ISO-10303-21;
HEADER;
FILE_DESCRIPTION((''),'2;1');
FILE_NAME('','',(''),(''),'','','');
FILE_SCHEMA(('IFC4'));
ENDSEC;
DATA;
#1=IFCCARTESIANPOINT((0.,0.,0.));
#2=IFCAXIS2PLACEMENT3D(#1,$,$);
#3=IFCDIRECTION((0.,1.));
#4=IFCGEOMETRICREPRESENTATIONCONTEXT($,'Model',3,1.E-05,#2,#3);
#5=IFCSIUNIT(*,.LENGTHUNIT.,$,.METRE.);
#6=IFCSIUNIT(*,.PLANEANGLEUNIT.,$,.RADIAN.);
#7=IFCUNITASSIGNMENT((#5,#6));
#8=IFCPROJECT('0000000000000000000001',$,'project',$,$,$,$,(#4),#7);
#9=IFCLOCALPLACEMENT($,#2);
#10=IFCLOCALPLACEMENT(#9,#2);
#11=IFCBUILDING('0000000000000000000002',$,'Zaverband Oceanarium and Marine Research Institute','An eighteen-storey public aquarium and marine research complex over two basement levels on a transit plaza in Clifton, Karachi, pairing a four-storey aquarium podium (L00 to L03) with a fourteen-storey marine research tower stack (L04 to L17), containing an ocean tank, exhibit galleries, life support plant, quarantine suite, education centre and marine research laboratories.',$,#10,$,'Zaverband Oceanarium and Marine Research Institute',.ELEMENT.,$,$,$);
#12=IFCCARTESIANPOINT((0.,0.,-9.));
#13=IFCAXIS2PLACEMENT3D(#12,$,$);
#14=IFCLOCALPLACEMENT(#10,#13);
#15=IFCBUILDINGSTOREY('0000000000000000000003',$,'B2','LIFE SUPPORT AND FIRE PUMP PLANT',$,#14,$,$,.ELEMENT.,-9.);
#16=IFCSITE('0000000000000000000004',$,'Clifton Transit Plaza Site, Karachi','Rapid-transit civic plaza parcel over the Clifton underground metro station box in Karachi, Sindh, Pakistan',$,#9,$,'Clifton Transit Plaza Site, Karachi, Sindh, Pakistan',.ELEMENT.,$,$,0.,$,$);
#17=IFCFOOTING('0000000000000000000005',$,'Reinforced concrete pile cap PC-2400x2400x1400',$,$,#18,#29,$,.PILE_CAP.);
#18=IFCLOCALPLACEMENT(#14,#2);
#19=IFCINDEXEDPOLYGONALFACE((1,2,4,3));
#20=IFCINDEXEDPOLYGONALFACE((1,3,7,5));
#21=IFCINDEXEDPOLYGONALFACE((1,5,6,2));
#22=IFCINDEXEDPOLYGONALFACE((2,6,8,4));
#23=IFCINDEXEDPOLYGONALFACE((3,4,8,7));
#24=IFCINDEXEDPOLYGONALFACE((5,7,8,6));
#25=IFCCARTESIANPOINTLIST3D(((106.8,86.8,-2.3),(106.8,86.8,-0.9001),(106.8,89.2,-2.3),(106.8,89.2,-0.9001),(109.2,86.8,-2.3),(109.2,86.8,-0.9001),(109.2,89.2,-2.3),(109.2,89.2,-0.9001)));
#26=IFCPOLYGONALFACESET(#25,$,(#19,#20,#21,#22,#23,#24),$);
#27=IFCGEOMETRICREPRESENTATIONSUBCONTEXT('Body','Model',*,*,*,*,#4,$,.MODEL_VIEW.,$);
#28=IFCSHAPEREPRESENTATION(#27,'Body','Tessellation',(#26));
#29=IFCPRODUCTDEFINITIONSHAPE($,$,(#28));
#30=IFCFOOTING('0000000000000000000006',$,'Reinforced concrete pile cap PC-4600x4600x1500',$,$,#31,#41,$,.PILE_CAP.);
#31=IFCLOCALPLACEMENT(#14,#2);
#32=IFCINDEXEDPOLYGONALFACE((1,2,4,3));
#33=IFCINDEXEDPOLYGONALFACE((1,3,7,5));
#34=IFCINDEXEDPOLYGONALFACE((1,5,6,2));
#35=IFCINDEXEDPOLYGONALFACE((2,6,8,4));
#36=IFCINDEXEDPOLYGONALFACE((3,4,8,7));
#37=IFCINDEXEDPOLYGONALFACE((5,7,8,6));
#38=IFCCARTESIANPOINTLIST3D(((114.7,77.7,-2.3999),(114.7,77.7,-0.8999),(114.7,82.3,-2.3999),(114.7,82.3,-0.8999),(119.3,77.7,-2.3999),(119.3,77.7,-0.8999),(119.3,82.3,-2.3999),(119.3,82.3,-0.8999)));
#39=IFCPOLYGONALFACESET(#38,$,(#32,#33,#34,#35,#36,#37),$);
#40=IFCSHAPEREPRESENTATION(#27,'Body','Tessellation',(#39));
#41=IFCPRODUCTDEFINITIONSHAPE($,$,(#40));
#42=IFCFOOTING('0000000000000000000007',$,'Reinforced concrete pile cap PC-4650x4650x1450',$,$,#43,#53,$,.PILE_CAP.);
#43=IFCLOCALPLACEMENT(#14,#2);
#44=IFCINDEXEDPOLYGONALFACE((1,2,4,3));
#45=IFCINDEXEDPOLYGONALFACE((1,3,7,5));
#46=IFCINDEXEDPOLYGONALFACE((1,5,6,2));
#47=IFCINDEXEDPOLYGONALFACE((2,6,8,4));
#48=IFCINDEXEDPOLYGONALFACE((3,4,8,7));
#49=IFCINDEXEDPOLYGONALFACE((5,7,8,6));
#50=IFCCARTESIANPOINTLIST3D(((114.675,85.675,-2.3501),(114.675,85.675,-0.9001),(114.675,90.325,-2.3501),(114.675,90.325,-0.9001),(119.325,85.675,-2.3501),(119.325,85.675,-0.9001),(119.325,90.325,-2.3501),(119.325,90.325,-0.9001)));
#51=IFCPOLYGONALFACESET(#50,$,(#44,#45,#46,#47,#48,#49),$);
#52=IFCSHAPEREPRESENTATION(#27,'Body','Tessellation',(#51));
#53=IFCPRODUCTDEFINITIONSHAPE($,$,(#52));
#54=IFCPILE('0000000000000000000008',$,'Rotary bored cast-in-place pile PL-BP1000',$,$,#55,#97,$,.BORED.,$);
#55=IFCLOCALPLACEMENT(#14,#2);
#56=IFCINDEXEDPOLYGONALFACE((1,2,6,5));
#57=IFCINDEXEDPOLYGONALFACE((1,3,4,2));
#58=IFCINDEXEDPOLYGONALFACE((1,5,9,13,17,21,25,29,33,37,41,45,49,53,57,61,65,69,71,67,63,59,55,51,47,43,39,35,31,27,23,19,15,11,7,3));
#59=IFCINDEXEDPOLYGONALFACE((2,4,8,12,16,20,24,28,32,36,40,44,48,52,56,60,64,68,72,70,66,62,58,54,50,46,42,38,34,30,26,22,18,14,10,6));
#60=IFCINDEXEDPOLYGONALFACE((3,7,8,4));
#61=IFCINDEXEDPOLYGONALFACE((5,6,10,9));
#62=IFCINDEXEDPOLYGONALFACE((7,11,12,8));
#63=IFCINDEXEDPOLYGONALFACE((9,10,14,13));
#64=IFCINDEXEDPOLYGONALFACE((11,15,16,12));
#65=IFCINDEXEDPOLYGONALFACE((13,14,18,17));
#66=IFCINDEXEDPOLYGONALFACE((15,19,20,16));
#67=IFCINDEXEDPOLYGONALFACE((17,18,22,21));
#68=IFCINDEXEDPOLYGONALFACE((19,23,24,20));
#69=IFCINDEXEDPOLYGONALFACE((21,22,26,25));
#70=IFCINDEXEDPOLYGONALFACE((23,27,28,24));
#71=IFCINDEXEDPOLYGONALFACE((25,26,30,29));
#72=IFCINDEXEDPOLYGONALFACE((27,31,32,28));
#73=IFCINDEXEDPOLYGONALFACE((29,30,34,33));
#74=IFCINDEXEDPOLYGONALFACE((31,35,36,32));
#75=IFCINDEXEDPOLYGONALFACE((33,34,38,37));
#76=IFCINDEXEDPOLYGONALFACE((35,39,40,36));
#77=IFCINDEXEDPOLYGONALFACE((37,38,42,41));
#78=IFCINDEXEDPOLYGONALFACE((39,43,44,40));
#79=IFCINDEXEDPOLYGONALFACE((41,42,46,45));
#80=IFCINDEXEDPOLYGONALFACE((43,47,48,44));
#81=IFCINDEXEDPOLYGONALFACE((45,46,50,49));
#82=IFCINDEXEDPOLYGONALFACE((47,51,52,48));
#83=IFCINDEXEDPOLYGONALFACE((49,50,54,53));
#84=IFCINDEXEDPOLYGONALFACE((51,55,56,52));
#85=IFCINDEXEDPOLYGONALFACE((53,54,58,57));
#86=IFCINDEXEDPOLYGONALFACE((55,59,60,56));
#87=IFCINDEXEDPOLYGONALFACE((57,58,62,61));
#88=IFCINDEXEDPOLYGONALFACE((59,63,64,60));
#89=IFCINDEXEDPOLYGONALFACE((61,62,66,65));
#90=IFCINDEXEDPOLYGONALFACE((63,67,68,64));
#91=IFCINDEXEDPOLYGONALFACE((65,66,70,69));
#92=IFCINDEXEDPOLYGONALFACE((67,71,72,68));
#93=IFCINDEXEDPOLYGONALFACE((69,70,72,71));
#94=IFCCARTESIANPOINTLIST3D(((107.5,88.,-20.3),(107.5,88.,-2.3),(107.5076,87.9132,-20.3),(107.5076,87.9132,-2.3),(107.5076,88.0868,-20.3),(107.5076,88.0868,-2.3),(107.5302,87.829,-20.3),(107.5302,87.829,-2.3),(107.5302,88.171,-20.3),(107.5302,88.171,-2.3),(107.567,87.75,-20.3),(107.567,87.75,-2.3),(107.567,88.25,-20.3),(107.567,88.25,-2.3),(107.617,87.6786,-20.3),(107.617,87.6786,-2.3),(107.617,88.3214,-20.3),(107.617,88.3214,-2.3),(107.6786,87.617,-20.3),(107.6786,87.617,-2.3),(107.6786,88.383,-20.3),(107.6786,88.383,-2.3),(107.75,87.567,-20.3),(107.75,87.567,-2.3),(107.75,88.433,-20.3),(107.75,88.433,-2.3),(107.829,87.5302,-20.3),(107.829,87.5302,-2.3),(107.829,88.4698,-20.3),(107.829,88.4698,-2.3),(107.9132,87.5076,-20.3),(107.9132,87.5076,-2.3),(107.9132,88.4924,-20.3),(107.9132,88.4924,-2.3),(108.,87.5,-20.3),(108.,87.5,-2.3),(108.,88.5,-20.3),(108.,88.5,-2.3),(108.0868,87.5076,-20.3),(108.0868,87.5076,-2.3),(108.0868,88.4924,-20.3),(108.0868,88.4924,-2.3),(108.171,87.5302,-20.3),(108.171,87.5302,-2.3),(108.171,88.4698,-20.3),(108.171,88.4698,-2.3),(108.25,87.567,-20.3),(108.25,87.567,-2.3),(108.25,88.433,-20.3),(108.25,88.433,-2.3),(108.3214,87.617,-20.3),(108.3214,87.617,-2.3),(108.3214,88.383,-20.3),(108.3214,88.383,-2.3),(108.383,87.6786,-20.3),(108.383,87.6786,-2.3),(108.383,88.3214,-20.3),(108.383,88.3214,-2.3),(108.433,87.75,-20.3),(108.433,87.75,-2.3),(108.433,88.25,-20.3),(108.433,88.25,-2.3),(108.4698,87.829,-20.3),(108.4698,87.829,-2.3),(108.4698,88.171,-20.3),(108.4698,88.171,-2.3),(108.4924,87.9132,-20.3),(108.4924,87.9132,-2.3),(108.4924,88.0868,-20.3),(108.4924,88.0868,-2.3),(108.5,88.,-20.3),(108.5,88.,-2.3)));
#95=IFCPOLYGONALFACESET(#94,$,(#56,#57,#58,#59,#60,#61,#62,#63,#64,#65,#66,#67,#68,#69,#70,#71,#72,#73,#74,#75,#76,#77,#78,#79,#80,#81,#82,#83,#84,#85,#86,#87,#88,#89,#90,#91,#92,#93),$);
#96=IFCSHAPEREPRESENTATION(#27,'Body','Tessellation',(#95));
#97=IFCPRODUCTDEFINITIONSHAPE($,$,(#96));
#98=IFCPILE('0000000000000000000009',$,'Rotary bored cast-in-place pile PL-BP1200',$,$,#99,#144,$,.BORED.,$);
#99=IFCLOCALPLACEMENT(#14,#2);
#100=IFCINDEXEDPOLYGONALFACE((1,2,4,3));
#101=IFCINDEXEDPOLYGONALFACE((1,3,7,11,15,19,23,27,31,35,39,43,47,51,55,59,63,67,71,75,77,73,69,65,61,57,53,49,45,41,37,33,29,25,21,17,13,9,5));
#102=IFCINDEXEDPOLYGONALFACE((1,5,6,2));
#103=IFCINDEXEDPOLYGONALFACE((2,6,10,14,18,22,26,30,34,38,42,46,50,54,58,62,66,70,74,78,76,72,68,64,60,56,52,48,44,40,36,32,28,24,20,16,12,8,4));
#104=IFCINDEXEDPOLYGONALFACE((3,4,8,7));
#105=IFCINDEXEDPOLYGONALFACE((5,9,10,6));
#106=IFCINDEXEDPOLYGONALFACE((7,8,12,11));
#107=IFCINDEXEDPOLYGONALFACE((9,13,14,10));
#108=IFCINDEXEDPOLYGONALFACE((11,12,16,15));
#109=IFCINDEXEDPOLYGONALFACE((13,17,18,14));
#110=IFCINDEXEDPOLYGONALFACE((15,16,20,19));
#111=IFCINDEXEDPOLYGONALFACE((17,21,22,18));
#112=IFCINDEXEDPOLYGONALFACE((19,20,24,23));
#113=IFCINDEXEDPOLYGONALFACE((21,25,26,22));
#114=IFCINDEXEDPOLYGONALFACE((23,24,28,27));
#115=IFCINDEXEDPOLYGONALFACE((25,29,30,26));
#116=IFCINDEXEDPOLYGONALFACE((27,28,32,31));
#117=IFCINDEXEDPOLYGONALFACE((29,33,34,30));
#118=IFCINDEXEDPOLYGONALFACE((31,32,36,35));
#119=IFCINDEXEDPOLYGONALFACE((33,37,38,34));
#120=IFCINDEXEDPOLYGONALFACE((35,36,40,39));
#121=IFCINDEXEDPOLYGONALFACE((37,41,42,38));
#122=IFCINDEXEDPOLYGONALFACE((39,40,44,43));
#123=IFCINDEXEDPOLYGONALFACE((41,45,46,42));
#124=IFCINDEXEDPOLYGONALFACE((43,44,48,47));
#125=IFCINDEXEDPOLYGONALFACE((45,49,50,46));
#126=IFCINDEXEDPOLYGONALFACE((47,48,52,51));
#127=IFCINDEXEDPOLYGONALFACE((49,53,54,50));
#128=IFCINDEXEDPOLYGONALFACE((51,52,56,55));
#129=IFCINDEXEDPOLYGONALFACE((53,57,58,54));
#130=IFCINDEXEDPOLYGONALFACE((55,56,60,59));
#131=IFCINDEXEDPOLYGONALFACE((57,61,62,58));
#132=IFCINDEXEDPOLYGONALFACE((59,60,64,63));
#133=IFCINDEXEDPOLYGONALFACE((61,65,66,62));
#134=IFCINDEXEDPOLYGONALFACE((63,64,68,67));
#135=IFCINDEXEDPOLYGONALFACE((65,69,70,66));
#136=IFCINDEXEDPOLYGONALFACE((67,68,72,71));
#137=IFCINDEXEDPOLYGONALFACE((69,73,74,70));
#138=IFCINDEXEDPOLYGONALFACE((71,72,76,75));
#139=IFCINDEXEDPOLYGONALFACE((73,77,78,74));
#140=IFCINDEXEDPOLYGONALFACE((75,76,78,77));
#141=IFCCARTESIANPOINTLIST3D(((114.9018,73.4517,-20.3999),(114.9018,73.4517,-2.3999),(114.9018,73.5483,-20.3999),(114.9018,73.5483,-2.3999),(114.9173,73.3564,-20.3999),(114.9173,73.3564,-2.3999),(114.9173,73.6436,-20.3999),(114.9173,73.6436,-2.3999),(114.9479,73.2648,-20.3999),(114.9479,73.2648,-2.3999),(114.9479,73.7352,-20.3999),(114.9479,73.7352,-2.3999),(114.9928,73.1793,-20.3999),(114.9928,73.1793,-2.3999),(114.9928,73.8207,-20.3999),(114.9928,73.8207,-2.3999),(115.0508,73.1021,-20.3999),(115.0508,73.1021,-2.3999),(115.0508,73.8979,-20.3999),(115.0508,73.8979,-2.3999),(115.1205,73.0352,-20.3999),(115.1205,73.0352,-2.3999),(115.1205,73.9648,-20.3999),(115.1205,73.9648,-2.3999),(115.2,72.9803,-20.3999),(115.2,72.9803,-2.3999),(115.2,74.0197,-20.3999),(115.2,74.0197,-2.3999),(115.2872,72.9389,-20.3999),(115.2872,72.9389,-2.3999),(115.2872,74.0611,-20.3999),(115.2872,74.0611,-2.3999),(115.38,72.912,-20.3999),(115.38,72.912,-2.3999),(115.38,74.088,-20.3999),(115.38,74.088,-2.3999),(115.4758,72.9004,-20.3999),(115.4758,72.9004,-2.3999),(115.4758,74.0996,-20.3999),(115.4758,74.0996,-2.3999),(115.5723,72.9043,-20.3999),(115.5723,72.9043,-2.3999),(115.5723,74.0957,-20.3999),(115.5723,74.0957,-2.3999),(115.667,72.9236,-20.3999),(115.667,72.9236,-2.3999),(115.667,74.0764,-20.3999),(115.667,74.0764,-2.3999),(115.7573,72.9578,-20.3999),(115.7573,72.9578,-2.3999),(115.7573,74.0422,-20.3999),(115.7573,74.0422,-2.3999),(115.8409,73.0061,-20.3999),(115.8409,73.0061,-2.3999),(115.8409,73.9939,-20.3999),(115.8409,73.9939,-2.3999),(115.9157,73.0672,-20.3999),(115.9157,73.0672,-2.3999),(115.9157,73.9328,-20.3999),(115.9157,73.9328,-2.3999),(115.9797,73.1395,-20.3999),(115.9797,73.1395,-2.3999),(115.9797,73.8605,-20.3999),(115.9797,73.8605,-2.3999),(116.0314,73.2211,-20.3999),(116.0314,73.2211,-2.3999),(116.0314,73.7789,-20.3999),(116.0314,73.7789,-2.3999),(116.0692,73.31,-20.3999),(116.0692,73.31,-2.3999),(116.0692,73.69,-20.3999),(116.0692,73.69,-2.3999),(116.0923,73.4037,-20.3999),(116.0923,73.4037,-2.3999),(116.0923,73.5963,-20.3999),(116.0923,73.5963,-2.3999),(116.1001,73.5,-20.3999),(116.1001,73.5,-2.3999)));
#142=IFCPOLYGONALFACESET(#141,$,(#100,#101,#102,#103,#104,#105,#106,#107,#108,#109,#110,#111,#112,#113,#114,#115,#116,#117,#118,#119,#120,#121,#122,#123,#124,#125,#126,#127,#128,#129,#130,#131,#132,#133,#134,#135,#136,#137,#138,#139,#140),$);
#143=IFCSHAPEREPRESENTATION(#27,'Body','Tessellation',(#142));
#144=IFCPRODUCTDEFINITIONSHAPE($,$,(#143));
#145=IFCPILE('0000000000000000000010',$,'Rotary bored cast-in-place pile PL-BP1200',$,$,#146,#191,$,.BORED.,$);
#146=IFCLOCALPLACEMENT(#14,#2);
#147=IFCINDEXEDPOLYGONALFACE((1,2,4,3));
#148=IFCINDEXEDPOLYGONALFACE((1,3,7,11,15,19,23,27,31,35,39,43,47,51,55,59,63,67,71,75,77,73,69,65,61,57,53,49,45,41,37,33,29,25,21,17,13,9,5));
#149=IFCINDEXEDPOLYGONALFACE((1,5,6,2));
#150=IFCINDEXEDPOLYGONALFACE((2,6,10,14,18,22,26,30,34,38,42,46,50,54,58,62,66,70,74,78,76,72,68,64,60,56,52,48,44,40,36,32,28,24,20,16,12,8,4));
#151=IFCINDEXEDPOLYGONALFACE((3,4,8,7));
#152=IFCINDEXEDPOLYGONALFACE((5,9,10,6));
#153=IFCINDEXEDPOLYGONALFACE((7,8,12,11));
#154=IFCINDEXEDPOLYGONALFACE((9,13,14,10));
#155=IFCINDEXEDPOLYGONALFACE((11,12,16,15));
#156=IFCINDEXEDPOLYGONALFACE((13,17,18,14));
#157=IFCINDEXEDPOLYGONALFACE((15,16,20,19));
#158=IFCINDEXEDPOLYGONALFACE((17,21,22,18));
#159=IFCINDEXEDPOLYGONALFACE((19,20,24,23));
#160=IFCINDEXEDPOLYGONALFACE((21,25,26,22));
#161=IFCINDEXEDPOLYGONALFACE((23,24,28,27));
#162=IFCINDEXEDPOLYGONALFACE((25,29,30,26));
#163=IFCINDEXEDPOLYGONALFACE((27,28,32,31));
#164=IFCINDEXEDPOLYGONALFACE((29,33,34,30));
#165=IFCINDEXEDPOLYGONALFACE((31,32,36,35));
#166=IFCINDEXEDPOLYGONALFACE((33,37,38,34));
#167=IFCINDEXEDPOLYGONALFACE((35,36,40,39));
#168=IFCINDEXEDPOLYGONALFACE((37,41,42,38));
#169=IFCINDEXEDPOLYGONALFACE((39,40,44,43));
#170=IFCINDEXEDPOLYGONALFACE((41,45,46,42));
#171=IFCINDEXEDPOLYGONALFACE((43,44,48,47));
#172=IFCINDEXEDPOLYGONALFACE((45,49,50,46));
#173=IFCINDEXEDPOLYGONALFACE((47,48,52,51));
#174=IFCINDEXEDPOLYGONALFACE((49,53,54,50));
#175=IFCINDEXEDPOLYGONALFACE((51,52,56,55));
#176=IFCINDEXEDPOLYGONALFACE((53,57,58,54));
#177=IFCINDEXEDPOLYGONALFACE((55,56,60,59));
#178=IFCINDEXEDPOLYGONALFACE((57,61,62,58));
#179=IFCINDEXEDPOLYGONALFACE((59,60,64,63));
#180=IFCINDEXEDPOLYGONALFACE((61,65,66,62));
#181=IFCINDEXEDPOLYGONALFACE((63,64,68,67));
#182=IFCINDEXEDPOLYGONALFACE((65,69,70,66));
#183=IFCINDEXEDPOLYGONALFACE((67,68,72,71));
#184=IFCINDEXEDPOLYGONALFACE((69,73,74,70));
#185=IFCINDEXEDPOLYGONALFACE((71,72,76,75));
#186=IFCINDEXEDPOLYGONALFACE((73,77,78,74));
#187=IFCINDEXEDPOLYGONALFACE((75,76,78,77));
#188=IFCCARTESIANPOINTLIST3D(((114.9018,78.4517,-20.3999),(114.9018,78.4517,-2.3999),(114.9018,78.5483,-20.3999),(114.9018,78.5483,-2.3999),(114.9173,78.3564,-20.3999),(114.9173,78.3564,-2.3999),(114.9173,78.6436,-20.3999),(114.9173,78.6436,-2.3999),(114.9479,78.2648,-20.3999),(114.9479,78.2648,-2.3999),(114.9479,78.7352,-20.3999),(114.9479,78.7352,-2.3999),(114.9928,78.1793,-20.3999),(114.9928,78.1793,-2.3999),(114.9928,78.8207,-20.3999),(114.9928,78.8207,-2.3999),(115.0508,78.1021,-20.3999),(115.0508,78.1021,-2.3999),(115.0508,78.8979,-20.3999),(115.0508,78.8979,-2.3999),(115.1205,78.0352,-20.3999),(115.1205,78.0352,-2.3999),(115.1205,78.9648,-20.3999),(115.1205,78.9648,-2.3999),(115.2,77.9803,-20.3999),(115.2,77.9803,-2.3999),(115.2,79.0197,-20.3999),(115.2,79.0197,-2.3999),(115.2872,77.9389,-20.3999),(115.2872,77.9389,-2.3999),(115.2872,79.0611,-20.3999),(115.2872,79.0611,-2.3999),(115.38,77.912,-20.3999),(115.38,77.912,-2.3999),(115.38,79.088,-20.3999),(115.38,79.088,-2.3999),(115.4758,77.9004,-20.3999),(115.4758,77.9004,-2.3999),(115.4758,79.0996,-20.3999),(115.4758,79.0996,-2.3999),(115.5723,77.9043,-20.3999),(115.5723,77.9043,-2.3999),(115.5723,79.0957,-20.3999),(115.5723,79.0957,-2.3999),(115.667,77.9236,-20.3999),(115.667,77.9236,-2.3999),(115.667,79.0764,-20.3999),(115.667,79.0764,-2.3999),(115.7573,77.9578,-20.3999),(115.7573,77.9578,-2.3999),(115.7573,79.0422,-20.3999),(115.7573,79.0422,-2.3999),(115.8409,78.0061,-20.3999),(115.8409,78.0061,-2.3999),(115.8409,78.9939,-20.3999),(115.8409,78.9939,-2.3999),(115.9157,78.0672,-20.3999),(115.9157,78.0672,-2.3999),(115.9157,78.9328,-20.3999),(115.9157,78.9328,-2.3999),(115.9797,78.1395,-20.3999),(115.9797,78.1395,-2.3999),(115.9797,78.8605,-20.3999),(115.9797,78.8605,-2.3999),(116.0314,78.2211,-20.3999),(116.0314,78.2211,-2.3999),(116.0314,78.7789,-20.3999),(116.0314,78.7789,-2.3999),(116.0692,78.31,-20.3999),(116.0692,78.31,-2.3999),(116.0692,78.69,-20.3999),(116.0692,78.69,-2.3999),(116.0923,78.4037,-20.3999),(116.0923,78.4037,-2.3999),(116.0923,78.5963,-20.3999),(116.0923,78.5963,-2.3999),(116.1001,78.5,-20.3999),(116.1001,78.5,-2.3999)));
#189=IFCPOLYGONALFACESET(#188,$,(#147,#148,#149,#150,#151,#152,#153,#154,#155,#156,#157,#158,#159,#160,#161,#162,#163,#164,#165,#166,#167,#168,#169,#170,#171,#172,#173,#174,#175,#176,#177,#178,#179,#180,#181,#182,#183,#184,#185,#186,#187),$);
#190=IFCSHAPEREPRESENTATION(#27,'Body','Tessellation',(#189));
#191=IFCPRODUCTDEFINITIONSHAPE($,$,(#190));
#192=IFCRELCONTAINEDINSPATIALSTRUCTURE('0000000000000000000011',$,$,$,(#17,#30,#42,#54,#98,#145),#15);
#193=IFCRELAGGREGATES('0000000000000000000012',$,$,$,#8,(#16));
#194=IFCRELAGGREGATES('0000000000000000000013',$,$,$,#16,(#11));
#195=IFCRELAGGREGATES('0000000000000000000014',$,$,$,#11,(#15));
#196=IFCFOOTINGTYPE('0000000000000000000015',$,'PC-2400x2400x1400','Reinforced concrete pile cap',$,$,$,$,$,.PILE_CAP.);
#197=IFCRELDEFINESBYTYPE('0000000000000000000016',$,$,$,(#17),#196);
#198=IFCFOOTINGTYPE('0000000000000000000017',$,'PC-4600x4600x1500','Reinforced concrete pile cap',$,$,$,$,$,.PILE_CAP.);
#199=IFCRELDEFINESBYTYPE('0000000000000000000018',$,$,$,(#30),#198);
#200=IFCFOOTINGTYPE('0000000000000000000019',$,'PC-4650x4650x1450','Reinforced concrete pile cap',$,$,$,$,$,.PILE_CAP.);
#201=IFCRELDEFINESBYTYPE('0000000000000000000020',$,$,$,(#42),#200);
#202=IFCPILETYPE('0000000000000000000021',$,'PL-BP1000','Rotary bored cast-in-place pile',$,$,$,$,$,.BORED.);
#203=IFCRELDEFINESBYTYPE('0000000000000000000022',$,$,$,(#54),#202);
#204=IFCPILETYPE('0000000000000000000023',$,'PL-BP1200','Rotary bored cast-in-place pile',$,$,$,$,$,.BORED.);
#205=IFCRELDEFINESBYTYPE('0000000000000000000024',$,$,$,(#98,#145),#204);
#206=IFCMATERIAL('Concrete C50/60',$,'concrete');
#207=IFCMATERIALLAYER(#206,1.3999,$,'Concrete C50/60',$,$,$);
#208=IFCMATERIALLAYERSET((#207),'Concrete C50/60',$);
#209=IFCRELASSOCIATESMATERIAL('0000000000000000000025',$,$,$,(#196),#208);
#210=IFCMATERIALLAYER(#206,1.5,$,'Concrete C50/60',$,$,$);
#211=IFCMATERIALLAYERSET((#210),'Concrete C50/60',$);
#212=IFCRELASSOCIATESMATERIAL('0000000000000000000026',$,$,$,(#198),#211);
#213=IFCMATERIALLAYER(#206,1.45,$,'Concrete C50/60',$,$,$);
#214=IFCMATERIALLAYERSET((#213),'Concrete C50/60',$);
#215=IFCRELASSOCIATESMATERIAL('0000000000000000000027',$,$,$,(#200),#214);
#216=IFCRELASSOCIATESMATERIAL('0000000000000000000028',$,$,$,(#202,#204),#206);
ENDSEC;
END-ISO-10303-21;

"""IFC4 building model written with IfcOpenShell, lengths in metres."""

from ifc_helpers import new_model, si_unit, direction, frame, origin, origin_2d, place, context, subcontext, project, spatial, rectangle, circle, extrude, material, layer, layer_set, material_profile, profile_set, type_object, element, save


model = new_model("IFC4")

# Units and contexts
model_context = context("Model", 3, precision=1e-05, world=origin(), true_north=direction((0.0, 1.0)))
body_context = subcontext(model_context, "Body", "Model", "MODEL_VIEW")
ifc_project = project(units=[si_unit("LENGTHUNIT", "METRE"), si_unit("PLANEANGLEUNIT", "RADIAN")], contexts=[model_context])

# Site, building, storey
site_placement = place(None, origin())
site = spatial("IfcSite", under=ifc_project, at=site_placement, Name="Clifton Transit Plaza Site, Karachi", Description="Rapid-transit civic plaza parcel over the Clifton underground metro station box in Karachi, Sindh, Pakistan", LongName="Clifton Transit Plaza Site, Karachi, Sindh, Pakistan", CompositionType="ELEMENT", RefElevation=0.0)
building_placement = place(site_placement, origin())
building = spatial("IfcBuilding", under=site, at=building_placement, Name="Zaverband Oceanarium and Marine Research Institute", Description="An eighteen-storey public aquarium and marine research complex over two basement levels on a transit plaza in Clifton, Karachi, pairing a four-storey aquarium podium (L00 to L03) with a fourteen-storey marine research tower stack (L04 to L17), containing an ocean tank, exhibit galleries, life support plant, quarantine suite, education centre and marine research laboratories.", LongName="Zaverband Oceanarium and Marine Research Institute", CompositionType="ELEMENT")
storey_placement = place(building_placement, frame((0.0, 0.0, -9.0)))
storey = spatial("IfcBuildingStorey", under=building, at=storey_placement, Name="B2", Description="LIFE SUPPORT AND FIRE PUMP PLANT", CompositionType="ELEMENT", Elevation=-9.0)

# Footings
ifc_material_1 = material(Name="Concrete C50/60", Category="concrete")
ifc_layer_1 = layer(ifc_material_1, 1.3999, Name="Concrete C50/60")
ifc_layer_set_1 = layer_set([ifc_layer_1], Name="Concrete C50/60")
footing_type_1 = type_object("IfcFootingType", Name="PC-2400x2400x1400", Description="Reinforced concrete pile cap", PredefinedType="PILE_CAP", material=ifc_layer_set_1)
footing_1_placement = place(storey_placement, frame((108.0, 88.0, -2.3), z_axis=(0.0, 0.0, 1.0), x_axis=(1.0, 0.0, 0.0)))
element("IfcFooting", 1, at=footing_1_placement, inside=storey, type_object=footing_type_1, Name="Reinforced concrete pile cap PC-2400x2400x1400", PredefinedType="PILE_CAP", context=body_context, shape_type="SweptSolid", body=[
    extrude(rectangle(XDim=2.3999, YDim=2.3999, at=origin_2d()), origin(), (0.0, 0.0, 1.0), 1.3999),
])
ifc_layer_2 = layer(ifc_material_1, 1.5, Name="Concrete C50/60")
ifc_layer_set_2 = layer_set([ifc_layer_2], Name="Concrete C50/60")
footing_type_2 = type_object("IfcFootingType", Name="PC-4600x4600x1500", Description="Reinforced concrete pile cap", PredefinedType="PILE_CAP", material=ifc_layer_set_2)
footing_2_placement = place(storey_placement, frame((117.0, 80.0, -2.3999), z_axis=(0.0, 0.0, 1.0), x_axis=(1.0, 0.0, 0.0)))
element("IfcFooting", 2, at=footing_2_placement, inside=storey, type_object=footing_type_2, Name="Reinforced concrete pile cap PC-4600x4600x1500", PredefinedType="PILE_CAP", context=body_context, shape_type="SweptSolid", body=[
    extrude(rectangle(XDim=4.6001, YDim=4.6001, at=origin_2d()), origin(), (0.0, 0.0, 1.0), 1.5),
])
ifc_layer_3 = layer(ifc_material_1, 1.45, Name="Concrete C50/60")
ifc_layer_set_3 = layer_set([ifc_layer_3], Name="Concrete C50/60")
footing_type_3 = type_object("IfcFootingType", Name="PC-4650x4650x1450", Description="Reinforced concrete pile cap", PredefinedType="PILE_CAP", material=ifc_layer_set_3)
footing_3_placement = place(storey_placement, frame((117.0, 88.0, -2.3501), z_axis=(0.0, 0.0, 1.0), x_axis=(1.0, 0.0, 0.0)))
element("IfcFooting", 3, at=footing_3_placement, inside=storey, type_object=footing_type_3, Name="Reinforced concrete pile cap PC-4650x4650x1450", PredefinedType="PILE_CAP", context=body_context, shape_type="SweptSolid", body=[
    extrude(rectangle(XDim=4.6499, YDim=4.6499, at=origin_2d()), origin(), (0.0, 0.0, 1.0), 1.45),
])

# Piles
ifc_material_profile_1 = material_profile(ifc_material_1, circle(Radius=0.5, at=origin_2d()), Name="BP1000")
ifc_profile_set_1 = profile_set([ifc_material_profile_1], Name="Concrete C50/60")
pile_type_1 = type_object("IfcPileType", Name="PL-BP1000", Description="Rotary bored cast-in-place pile", PredefinedType="BORED", material=ifc_profile_set_1)
pile_placement = place(storey_placement, frame((108.0, 88.0, -2.3), z_axis=(0.0, 0.0, -1.0), x_axis=(1.0, 0.0, 0.0)))
element("IfcPile", 4, at=pile_placement, inside=storey, type_object=pile_type_1, Name="Rotary bored cast-in-place pile PL-BP1000", PredefinedType="BORED", context=body_context, shape_type="SweptSolid", body=[
    extrude(circle(Radius=0.5, at=origin_2d()), origin(), (0.0, 0.0, 1.0), 18.0),
])
ifc_material_profile_2 = material_profile(ifc_material_1, circle(Radius=0.6001, at=origin_2d()), Name="BP1200")
ifc_profile_set_2 = profile_set([ifc_material_profile_2], Name="Concrete C50/60")
pile_type_2 = type_object("IfcPileType", Name="PL-BP1200", Description="Rotary bored cast-in-place pile", PredefinedType="BORED", material=ifc_profile_set_2)
for number, where, z_axis, x_axis, name in (
    (5, (115.5, 73.5, -2.3999), (0.0, 0.0, -1.0), (1.0, 0.0, 0.0), "Rotary bored cast-in-place pile PL-BP1200"),
    (6, (115.5, 78.5, -2.3999), (0.0, 0.0, -1.0), (1.0, 0.0, 0.0), "Rotary bored cast-in-place pile PL-BP1200"),
):
    element("IfcPile", number, at=place(storey_placement, frame(where, z_axis=z_axis, x_axis=x_axis)), inside=storey, type_object=pile_type_2, Name=name, PredefinedType="BORED", context=body_context, shape_type="SweptSolid", body=[
        extrude(circle(Radius=0.6001, at=origin_2d()), origin(), (0.0, 0.0, 1.0), 18.0),
    ])

save(model, "model.ifc")
